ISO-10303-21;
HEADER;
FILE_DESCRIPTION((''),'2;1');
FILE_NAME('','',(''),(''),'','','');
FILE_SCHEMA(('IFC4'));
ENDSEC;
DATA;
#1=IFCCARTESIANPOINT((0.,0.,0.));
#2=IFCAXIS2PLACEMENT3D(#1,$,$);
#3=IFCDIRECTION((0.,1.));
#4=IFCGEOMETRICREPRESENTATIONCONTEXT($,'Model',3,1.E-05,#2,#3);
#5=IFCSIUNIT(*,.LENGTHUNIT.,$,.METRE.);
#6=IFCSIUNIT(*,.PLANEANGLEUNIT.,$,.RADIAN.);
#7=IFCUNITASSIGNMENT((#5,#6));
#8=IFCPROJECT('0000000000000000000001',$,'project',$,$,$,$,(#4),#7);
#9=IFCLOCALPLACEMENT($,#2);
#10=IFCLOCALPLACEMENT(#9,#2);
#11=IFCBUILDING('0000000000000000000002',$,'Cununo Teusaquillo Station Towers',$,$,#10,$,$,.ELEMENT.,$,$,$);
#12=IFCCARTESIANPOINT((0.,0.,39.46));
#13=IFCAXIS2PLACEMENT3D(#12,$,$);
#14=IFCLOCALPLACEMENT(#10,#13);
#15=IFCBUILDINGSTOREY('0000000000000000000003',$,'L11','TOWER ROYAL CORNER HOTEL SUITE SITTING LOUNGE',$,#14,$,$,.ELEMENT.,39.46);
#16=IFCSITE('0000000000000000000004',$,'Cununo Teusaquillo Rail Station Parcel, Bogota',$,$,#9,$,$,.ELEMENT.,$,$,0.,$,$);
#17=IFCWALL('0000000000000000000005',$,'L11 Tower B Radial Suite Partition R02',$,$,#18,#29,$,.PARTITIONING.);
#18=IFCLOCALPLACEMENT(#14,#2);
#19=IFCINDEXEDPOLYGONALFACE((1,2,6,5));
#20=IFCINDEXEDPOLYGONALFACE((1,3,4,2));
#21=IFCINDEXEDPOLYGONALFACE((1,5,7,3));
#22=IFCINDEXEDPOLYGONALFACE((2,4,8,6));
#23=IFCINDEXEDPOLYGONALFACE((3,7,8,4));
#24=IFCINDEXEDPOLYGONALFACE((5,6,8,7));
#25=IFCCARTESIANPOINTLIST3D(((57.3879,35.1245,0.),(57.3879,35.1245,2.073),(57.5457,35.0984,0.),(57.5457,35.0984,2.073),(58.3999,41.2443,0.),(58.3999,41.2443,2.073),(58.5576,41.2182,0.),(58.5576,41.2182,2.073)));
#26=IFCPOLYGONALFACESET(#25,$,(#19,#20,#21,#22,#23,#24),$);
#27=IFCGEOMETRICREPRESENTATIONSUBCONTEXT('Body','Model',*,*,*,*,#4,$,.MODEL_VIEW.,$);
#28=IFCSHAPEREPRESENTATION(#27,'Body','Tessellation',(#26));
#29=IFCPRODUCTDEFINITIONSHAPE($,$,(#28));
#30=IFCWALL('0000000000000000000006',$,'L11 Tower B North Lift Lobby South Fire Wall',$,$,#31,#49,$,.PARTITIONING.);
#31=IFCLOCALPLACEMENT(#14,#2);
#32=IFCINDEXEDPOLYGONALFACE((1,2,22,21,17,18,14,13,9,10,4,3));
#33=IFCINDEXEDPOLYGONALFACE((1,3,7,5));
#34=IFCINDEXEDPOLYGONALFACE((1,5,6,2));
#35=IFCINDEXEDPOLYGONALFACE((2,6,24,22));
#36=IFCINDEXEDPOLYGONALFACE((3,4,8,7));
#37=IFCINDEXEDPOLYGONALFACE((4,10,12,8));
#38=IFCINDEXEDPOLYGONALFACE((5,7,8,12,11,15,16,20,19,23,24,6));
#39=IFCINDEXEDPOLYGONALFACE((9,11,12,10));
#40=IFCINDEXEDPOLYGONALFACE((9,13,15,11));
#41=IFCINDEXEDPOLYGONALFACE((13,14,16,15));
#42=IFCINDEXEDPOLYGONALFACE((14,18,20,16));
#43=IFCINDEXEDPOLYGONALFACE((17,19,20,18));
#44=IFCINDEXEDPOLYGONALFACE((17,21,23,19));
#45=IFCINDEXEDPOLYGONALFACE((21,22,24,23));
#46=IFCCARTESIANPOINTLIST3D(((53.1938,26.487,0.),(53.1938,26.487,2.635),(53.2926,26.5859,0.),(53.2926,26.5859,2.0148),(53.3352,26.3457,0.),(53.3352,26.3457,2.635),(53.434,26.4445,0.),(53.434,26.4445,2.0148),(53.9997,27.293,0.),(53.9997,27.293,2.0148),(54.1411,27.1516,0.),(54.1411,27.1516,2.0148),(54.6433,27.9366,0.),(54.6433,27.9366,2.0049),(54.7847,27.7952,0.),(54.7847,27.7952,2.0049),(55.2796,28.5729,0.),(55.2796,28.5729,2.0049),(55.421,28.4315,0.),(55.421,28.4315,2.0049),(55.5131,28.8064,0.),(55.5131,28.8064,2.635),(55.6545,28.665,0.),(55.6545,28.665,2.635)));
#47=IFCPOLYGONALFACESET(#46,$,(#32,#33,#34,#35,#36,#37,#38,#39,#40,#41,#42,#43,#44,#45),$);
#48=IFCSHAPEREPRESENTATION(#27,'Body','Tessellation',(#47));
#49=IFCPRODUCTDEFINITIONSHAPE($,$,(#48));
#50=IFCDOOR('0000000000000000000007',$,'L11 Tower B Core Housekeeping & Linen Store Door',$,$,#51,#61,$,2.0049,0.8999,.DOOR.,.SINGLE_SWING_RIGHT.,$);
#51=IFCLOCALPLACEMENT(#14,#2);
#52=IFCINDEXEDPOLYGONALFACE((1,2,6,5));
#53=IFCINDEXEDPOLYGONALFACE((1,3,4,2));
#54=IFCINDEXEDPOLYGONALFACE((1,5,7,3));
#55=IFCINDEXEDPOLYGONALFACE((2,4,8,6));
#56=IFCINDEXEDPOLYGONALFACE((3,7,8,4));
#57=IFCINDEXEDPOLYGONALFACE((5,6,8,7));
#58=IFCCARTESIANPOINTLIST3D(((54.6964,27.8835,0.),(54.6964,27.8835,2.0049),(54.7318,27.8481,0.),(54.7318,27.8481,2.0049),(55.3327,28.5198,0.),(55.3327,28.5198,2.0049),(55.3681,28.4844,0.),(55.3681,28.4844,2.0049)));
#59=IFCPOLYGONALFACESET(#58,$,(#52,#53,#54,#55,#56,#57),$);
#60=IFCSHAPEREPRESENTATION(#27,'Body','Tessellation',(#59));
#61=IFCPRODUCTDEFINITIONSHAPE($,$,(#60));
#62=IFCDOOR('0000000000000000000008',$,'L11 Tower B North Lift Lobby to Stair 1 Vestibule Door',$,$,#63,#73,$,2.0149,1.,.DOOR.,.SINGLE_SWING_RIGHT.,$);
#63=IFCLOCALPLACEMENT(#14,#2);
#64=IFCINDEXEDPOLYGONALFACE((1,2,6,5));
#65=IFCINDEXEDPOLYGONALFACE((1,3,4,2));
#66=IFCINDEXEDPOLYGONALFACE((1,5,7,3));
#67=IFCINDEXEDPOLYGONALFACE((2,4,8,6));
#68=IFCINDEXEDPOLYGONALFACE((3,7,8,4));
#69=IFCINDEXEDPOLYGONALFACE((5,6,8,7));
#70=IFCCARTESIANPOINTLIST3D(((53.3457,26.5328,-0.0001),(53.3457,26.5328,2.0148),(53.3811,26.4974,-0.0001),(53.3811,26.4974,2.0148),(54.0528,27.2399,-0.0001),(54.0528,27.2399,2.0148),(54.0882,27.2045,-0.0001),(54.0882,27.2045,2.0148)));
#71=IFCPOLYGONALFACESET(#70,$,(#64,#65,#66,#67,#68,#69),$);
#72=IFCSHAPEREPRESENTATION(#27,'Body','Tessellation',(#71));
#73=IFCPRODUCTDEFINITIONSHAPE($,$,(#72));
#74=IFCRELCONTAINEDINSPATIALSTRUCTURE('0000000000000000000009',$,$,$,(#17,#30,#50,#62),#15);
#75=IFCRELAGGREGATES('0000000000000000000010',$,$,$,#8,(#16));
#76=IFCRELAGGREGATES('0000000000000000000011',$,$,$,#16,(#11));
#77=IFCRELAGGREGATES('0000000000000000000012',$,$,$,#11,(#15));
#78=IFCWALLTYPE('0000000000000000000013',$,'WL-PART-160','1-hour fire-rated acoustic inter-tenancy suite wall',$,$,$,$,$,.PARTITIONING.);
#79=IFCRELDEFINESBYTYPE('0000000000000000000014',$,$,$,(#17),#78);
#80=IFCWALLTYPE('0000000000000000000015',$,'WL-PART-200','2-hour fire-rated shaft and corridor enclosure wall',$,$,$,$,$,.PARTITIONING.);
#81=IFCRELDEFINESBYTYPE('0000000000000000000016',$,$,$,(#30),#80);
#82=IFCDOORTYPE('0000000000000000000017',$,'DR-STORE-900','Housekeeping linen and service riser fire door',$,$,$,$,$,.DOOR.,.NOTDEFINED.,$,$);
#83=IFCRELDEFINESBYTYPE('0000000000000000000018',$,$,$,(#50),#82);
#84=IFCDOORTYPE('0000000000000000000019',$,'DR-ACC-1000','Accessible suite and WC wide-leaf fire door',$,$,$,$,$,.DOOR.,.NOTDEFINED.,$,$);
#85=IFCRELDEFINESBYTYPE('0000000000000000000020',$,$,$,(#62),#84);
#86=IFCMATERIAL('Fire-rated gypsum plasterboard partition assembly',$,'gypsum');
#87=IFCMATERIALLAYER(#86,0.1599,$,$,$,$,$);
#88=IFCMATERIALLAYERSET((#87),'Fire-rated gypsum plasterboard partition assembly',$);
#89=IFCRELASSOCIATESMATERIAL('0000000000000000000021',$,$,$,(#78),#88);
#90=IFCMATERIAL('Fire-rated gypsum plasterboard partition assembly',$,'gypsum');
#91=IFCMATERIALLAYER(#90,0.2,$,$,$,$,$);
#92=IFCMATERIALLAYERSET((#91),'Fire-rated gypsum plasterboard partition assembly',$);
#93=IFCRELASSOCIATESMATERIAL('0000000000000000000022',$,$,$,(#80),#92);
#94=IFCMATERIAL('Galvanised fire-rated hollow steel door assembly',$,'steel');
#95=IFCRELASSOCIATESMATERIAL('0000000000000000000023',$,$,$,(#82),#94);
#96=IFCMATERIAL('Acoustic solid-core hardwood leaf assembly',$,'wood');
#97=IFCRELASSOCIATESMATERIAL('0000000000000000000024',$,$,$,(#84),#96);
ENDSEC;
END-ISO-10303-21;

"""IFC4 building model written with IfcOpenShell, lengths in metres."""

from ifc_helpers import new_model, si_unit, direction, frame, frame_2d, origin, place, context, subcontext, project, spatial, rectangle, extrude, source, transform, mapped, material, layer, layer_set, type_object, element, fill, save


model = new_model("IFC4")

# Units and contexts
model_context = context("Model", 3, precision=1e-05, world=origin(), true_north=direction((0.0, 1.0)))
body_context = subcontext(model_context, "Body", "Model", "MODEL_VIEW")
ifc_project = project(units=[si_unit("LENGTHUNIT", "METRE"), si_unit("PLANEANGLEUNIT", "RADIAN")], contexts=[model_context])

# Site, building, storey
site_placement = place(None, origin())
site = spatial("IfcSite", under=ifc_project, at=site_placement, Name="Cununo Teusaquillo Rail Station Parcel, Bogota", CompositionType="ELEMENT", RefElevation=0.0)
building_placement = place(site_placement, origin())
building = spatial("IfcBuilding", under=site, at=building_placement, Name="Cununo Teusaquillo Station Towers", CompositionType="ELEMENT")
storey_placement = place(building_placement, frame((0.0, 0.0, 39.46)))
storey = spatial("IfcBuildingStorey", under=building, at=storey_placement, Name="L11", Description="TOWER ROYAL CORNER HOTEL SUITE SITTING LOUNGE", CompositionType="ELEMENT", Elevation=39.46)

# Shared definitions
shared_shape_1 = source(origin(), body_context, "Body", "SweptSolid", [
    extrude(rectangle(XDim=0.8999, YDim=2.0049, at=frame_2d((0.45, 1.0024))), frame((0.0, 0.0249, 0.0), z_axis=(0.0, -1.0, 0.0), x_axis=(1.0, 0.0, 0.0)), (0.0, 0.0, 1.0), 0.05),
])

# Wall
ifc_material_1 = material(Name="Fire-rated gypsum plasterboard partition assembly", Category="gypsum")
ifc_layer_1 = layer(ifc_material_1, 0.1599)
ifc_layer_set_1 = layer_set([ifc_layer_1], Name="Fire-rated gypsum plasterboard partition assembly")
wall_type_1 = type_object("IfcWallType", Name="WL-PART-160", Description="1-hour fire-rated acoustic inter-tenancy suite wall", PredefinedType="PARTITIONING", material=ifc_layer_set_1)
wall_1_placement = place(storey_placement, frame((57.4668, 35.1113, 0.0), z_axis=(0.0, 0.0, 1.0), x_axis=(0.163142, 0.986603, 0.0)))
element("IfcWall", 1, at=wall_1_placement, inside=storey, type_object=wall_type_1, Name="L11 Tower B Radial Suite Partition R02", PredefinedType="PARTITIONING", context=body_context, shape_type="SweptSolid", body=[
    extrude(rectangle(XDim=6.2029, YDim=0.1599, at=frame_2d((3.1016, 0.0))), origin(), (0.0, 0.0, 1.0), 2.073),
])

# Wall, openings, doors
ifc_material_2 = material(Name="Fire-rated gypsum plasterboard partition assembly", Category="gypsum")
ifc_layer_2 = layer(ifc_material_2, 0.2)
ifc_layer_set_2 = layer_set([ifc_layer_2], Name="Fire-rated gypsum plasterboard partition assembly")
wall_type_2 = type_object("IfcWallType", Name="WL-PART-200", Description="2-hour fire-rated shaft and corridor enclosure wall", PredefinedType="PARTITIONING", material=ifc_layer_set_2)
wall_2_placement = place(storey_placement, frame((53.2644, 26.4163, 0.0), z_axis=(0.0, 0.0, 1.0), x_axis=(0.707107, 0.707107, 0.0)))
wall_2 = element("IfcWall", 2, at=wall_2_placement, inside=storey, type_object=wall_type_2, Name="L11 Tower B North Lift Lobby South Fire Wall", PredefinedType="PARTITIONING", context=body_context, shape_type="SweptSolid", body=[
    extrude(rectangle(XDim=3.28, YDim=0.2, at=frame_2d((1.6401, 0.0))), origin(), (0.0, 0.0, 1.0), 2.635),
])
shared_shape_2 = source(origin(), body_context, "Body", "SweptSolid", [
    extrude(rectangle(XDim=1.0, YDim=2.0149, at=frame_2d((0.5, 1.0073))), frame((0.0, 0.1099, 0.0), z_axis=(0.0, -1.0, 0.0), x_axis=(1.0, 0.0, 0.0)), (0.0, 0.0, 1.0), 0.22),
])
opening_1_placement = place(wall_2_placement, frame((0.1399, 0.0, 0.0)))
opening_1 = element("IfcOpeningElement", 3, at=opening_1_placement, cuts=wall_2, PredefinedType="OPENING", context=body_context, shape_type="MappedRepresentation", body=[
    mapped(shared_shape_2, transform((0.0, 0.0, 0.0), x_axis=(1.0, 0.0, 0.0), y_axis=(0.0, 1.0, 0.0), z_axis=(0.0, 0.0, 1.0), scale=1.0)),
])
shared_shape_3 = source(origin(), body_context, "Body", "SweptSolid", [
    extrude(rectangle(XDim=0.8999, YDim=2.0049, at=frame_2d((0.45, 1.0024))), frame((0.0, 0.1099, 0.0), z_axis=(0.0, -1.0, 0.0), x_axis=(1.0, 0.0, 0.0)), (0.0, 0.0, 1.0), 0.22),
])
opening_2_placement = place(wall_2_placement, frame((2.05, 0.0, 0.0)))
opening_2 = element("IfcOpeningElement", 4, at=opening_2_placement, cuts=wall_2, PredefinedType="OPENING", context=body_context, shape_type="MappedRepresentation", body=[
    mapped(shared_shape_3, transform((0.0, 0.0, 0.0), x_axis=(1.0, 0.0, 0.0), y_axis=(0.0, 1.0, 0.0), z_axis=(0.0, 0.0, 1.0), scale=1.0)),
])
ifc_material_3 = material(Name="Galvanised fire-rated hollow steel door assembly", Category="steel")
door_type_1 = type_object("IfcDoorType", Name="DR-STORE-900", Description="Housekeeping linen and service riser fire door", OperationType="NOTDEFINED", PredefinedType="DOOR", material=ifc_material_3)
door_1_placement = place(opening_2_placement, origin())
door_1 = element("IfcDoor", 5, at=door_1_placement, inside=storey, type_object=door_type_1, Name="L11 Tower B Core Housekeeping & Linen Store Door", OperationType="SINGLE_SWING_RIGHT", OverallHeight=2.0049, OverallWidth=0.8999, PredefinedType="DOOR", context=body_context, shape_type="MappedRepresentation", body=[
    mapped(shared_shape_1, transform((0.0, 0.0, 0.0), x_axis=(1.0, 0.0, 0.0), y_axis=(0.0, 1.0, 0.0), z_axis=(0.0, 0.0, 1.0), scale=1.0)),
])
fill(opening_2, door_1)
ifc_material_4 = material(Name="Acoustic solid-core hardwood leaf assembly", Category="wood")
door_type_2 = type_object("IfcDoorType", Name="DR-ACC-1000", Description="Accessible suite and WC wide-leaf fire door", OperationType="NOTDEFINED", PredefinedType="DOOR", material=ifc_material_4)
shared_shape_4 = source(origin(), body_context, "Body", "SweptSolid", [
    extrude(rectangle(XDim=1.0, YDim=2.0149, at=frame_2d((0.5, 1.0073))), frame((0.0, 0.0249, 0.0), z_axis=(0.0, -1.0, 0.0), x_axis=(1.0, 0.0, 0.0)), (0.0, 0.0, 1.0), 0.05),
])
door_2_placement = place(opening_1_placement, origin())
door_2 = element("IfcDoor", 6, at=door_2_placement, inside=storey, type_object=door_type_2, Name="L11 Tower B North Lift Lobby to Stair 1 Vestibule Door", OperationType="SINGLE_SWING_RIGHT", OverallHeight=2.0149, OverallWidth=1.0, PredefinedType="DOOR", context=body_context, shape_type="MappedRepresentation", body=[
    mapped(shared_shape_4, transform((0.0, 0.0, 0.0), x_axis=(1.0, 0.0, 0.0), y_axis=(0.0, 1.0, 0.0), z_axis=(0.0, 0.0, 1.0), scale=1.0)),
])
fill(opening_1, door_2)

save(model, "model.ifc")
